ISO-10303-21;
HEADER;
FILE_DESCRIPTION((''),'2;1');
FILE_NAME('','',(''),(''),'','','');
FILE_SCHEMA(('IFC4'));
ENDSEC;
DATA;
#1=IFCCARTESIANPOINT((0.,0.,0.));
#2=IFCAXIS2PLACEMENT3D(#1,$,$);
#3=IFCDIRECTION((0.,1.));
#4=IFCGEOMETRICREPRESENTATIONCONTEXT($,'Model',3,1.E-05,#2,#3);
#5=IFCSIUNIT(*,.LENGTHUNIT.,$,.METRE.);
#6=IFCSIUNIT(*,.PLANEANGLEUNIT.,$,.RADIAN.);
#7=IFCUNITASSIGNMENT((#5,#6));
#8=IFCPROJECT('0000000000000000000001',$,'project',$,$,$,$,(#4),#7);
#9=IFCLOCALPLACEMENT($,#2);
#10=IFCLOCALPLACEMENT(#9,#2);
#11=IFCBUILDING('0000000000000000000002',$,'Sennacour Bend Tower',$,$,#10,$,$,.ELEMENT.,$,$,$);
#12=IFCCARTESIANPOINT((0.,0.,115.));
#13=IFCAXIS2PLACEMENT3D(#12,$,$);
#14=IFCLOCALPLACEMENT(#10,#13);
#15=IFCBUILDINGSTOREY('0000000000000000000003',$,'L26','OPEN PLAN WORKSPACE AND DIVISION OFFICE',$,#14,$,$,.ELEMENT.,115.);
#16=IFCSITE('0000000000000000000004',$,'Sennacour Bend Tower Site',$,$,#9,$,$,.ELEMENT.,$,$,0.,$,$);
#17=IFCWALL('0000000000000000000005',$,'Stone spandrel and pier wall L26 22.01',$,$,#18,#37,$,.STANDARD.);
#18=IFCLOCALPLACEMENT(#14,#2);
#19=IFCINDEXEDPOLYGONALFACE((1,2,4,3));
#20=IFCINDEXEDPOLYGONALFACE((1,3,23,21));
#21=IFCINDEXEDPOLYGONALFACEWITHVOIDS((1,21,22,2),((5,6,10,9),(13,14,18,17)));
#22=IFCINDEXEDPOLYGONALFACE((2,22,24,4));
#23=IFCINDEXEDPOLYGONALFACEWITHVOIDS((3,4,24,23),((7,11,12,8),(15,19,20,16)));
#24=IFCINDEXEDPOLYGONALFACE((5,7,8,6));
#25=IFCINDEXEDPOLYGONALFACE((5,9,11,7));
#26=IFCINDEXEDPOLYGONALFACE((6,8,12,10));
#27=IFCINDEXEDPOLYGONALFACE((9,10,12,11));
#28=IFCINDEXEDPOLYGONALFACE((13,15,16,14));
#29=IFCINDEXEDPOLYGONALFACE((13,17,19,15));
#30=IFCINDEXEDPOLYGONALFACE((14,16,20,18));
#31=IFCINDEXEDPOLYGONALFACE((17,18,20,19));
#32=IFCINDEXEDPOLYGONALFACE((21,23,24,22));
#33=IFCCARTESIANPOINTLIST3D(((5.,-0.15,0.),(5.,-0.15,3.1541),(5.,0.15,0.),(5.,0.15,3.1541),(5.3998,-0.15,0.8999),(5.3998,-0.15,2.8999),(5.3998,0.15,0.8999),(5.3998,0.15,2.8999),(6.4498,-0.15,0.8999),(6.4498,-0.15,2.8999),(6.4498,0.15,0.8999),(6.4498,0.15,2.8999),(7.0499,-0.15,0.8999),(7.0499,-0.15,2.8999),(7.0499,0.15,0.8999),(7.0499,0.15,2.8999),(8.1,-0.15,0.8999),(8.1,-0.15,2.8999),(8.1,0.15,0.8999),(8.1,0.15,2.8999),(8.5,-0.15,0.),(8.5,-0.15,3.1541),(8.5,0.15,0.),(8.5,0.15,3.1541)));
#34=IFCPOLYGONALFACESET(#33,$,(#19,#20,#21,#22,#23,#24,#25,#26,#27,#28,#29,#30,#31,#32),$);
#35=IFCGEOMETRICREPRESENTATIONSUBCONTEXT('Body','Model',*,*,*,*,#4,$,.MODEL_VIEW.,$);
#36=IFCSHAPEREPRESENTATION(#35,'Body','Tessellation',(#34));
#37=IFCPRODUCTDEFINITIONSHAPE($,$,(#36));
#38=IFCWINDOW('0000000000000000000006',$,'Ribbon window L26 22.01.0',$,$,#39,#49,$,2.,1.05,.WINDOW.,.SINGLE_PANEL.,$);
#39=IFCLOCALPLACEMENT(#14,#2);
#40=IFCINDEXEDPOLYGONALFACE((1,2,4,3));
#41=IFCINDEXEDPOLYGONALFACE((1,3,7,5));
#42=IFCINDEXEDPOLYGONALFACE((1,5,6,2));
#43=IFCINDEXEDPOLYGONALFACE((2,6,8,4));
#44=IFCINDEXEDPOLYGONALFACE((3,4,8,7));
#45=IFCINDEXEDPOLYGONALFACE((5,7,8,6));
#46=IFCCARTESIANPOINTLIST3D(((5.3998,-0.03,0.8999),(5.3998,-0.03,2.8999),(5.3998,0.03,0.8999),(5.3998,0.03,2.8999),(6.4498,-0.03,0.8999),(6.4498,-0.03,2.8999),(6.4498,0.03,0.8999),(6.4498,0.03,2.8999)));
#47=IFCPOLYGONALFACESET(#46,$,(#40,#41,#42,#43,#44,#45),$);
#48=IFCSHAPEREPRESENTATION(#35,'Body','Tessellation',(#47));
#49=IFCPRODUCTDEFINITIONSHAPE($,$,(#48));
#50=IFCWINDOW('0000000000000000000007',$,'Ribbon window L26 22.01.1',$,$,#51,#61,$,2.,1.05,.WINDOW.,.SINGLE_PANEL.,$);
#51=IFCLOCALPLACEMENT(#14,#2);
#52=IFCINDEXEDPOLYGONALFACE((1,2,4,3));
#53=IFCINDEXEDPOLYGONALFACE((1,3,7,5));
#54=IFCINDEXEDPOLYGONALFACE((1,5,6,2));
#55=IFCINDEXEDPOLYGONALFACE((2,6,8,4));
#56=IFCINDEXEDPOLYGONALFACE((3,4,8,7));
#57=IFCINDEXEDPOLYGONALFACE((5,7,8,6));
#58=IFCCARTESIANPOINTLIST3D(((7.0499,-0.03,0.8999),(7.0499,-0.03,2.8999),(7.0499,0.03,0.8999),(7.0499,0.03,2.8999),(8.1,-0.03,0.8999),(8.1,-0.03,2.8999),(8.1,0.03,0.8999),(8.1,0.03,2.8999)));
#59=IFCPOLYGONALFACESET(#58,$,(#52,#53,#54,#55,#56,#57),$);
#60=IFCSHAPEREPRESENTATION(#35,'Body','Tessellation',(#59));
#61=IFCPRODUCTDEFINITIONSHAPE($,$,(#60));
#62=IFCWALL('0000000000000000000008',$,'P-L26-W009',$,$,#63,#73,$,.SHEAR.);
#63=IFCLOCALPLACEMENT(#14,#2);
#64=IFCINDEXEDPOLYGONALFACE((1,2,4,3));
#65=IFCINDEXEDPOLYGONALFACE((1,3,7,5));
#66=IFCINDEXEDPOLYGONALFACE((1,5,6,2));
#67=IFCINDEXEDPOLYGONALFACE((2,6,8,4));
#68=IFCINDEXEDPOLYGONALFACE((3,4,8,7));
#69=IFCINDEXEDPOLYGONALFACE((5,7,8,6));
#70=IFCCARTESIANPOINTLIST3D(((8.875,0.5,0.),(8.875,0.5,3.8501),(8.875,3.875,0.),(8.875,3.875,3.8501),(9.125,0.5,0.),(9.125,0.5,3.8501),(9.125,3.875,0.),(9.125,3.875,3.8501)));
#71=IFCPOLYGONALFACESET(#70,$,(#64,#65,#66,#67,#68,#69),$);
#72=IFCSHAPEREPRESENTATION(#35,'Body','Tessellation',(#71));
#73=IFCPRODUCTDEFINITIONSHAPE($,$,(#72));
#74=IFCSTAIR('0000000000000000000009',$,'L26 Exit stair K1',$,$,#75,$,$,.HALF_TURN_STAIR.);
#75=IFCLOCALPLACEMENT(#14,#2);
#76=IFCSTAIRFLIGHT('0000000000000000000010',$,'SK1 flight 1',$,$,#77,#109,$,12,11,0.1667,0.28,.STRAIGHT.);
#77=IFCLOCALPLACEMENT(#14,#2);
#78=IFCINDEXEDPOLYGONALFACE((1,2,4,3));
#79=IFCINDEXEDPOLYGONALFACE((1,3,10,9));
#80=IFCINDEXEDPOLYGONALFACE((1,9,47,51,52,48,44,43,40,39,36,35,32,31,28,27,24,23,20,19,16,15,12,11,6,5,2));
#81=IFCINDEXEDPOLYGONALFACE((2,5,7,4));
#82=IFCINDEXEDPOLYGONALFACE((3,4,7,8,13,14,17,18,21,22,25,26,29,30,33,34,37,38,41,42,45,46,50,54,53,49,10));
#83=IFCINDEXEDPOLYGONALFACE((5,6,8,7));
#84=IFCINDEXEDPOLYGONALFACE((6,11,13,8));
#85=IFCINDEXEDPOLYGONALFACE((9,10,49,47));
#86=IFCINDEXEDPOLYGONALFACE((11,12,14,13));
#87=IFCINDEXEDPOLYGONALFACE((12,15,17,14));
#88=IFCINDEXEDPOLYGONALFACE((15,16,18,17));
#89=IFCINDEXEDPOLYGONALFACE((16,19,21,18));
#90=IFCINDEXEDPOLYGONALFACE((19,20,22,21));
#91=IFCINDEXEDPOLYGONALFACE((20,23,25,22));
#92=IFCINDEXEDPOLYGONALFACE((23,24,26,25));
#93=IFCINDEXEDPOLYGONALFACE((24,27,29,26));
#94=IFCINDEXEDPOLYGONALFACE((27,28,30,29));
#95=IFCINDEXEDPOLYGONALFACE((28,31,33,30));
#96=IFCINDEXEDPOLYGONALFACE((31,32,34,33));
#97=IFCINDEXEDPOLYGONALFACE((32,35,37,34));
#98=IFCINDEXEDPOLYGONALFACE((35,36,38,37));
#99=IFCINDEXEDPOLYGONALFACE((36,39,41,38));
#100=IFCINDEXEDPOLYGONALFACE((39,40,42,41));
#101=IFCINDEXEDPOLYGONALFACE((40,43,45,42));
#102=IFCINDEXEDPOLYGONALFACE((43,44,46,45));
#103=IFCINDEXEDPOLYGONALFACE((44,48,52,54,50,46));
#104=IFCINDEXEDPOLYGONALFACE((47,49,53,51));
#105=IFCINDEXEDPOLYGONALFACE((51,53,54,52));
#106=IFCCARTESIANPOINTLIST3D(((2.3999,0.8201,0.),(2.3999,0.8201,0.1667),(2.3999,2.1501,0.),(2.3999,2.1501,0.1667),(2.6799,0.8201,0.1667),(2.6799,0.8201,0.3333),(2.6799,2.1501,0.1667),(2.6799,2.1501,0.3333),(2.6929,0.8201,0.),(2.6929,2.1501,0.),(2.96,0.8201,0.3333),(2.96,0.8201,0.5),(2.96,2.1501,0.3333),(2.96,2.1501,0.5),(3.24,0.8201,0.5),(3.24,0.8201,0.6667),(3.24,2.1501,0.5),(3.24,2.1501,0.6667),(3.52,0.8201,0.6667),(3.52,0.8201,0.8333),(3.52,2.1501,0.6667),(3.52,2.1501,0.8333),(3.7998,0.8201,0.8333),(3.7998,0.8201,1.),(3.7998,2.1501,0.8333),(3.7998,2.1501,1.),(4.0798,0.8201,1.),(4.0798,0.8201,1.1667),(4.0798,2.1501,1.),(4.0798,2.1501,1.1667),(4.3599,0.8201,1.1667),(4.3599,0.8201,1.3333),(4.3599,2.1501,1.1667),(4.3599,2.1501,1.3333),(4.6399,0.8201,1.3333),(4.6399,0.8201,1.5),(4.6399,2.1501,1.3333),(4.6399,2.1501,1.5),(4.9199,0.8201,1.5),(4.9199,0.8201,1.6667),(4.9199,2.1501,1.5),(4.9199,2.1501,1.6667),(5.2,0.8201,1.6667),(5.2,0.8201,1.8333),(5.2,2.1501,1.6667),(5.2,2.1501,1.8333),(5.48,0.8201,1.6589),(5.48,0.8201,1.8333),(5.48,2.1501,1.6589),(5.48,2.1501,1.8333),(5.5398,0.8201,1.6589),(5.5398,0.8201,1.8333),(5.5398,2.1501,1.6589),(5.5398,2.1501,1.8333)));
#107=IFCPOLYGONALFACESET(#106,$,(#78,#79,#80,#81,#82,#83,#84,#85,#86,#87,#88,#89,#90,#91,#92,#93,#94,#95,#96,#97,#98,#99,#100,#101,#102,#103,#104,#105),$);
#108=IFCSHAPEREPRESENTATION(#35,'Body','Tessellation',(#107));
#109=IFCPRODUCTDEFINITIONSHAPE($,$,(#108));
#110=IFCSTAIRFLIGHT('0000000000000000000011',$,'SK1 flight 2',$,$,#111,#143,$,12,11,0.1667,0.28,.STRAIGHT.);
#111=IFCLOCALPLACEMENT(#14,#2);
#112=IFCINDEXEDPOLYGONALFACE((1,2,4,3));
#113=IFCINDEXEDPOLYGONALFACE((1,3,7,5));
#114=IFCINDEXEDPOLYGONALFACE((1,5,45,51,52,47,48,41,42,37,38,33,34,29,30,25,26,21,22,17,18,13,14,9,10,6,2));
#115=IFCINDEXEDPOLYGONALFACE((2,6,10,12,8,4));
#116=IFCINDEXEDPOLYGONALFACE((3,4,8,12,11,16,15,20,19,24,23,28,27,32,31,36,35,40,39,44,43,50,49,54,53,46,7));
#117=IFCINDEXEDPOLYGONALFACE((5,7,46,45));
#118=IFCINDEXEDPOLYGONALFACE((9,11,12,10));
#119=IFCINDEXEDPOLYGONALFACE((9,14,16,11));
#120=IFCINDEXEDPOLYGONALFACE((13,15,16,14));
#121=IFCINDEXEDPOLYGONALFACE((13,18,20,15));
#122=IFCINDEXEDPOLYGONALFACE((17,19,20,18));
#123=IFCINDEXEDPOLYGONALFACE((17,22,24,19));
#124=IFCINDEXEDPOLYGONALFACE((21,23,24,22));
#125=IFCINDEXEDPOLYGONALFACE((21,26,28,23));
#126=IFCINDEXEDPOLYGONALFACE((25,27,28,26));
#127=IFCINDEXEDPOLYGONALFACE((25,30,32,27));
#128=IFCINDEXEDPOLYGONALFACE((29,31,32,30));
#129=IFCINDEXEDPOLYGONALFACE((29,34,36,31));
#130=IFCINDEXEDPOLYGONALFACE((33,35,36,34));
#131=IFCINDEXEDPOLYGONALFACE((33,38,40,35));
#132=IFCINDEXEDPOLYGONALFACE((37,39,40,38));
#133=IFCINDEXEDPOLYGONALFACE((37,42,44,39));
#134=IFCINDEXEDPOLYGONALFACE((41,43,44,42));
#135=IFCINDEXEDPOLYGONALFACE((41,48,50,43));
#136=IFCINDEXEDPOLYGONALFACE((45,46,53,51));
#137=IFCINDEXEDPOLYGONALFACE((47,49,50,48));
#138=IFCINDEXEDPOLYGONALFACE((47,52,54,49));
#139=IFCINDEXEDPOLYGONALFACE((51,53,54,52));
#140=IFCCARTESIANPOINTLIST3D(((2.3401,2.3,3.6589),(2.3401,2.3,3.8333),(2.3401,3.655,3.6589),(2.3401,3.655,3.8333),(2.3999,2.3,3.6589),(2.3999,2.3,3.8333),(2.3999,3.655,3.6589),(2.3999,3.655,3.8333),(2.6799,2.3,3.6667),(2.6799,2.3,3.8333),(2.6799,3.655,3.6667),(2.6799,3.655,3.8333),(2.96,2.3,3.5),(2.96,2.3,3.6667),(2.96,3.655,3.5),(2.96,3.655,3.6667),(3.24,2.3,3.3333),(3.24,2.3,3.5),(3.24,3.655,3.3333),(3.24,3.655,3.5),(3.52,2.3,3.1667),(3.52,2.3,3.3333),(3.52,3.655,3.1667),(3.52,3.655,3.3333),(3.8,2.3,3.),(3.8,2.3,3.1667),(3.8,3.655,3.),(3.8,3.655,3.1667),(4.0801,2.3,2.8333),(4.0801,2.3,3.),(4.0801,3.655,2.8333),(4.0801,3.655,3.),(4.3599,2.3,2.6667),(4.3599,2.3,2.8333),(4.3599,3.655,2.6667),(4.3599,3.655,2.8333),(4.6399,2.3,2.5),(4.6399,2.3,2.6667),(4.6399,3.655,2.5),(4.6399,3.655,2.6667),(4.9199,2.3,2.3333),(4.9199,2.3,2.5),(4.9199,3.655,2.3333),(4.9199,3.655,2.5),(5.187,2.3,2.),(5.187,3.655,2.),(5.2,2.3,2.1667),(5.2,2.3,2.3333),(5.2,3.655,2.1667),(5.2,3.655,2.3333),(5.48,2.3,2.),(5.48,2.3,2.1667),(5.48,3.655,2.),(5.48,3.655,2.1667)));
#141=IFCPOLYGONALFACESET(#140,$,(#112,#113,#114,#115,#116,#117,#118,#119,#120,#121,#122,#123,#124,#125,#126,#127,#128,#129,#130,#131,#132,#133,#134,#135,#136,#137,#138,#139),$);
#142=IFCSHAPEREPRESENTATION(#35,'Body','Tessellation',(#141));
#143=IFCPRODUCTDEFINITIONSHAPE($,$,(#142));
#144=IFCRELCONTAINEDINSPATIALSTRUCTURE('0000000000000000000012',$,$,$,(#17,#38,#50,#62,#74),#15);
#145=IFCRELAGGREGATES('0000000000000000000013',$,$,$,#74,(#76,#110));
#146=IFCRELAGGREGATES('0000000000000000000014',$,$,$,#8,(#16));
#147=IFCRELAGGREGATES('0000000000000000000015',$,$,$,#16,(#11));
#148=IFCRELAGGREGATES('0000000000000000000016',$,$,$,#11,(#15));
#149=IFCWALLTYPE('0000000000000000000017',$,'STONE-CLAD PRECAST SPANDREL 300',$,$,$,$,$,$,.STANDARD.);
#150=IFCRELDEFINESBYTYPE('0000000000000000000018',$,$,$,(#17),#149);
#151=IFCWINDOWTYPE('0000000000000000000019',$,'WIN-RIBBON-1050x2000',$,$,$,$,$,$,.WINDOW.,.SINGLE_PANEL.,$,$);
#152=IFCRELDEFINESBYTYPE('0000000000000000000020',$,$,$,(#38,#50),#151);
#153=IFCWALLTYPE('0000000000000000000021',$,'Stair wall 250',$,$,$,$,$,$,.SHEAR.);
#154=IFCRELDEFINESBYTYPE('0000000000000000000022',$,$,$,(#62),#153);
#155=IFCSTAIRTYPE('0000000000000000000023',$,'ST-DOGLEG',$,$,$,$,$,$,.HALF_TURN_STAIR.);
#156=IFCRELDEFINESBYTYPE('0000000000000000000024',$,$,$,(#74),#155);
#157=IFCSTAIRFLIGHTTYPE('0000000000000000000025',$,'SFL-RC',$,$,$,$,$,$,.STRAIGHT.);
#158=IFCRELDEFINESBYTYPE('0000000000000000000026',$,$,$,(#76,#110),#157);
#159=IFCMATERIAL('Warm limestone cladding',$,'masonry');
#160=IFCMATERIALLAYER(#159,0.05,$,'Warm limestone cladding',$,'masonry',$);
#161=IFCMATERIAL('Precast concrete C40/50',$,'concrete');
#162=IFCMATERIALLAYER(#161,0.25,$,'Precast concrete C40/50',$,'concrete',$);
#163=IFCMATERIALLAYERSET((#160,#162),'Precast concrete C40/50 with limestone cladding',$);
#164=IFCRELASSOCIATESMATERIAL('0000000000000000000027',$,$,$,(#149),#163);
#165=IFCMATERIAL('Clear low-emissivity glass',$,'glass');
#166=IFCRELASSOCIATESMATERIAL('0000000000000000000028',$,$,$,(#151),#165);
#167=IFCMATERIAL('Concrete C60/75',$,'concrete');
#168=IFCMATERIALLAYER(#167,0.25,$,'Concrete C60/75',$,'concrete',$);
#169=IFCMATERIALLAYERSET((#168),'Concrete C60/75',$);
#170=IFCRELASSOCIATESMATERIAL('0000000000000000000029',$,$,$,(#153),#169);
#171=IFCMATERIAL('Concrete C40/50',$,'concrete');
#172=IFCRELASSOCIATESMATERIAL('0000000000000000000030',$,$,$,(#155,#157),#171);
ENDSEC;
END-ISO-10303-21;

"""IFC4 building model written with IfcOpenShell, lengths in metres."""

from ifc_helpers import new_model, si_unit, direction, frame, frame_2d, origin, place, context, subcontext, project, spatial, polyline, rectangle, outline, extrude, material, layer, layer_set, type_object, element, fill, aggregate, save


model = new_model("IFC4")

# Units and contexts
model_context = context("Model", 3, precision=1e-05, world=origin(), true_north=direction((0.0, 1.0)))
body_context = subcontext(model_context, "Body", "Model", "MODEL_VIEW")
ifc_project = project(units=[si_unit("LENGTHUNIT", "METRE"), si_unit("PLANEANGLEUNIT", "RADIAN")], contexts=[model_context])

# Site, building, storey
site_placement = place(None, origin())
site = spatial("IfcSite", under=ifc_project, at=site_placement, Name="Sennacour Bend Tower Site", CompositionType="ELEMENT", RefElevation=0.0)
building_placement = place(site_placement, origin())
building = spatial("IfcBuilding", under=site, at=building_placement, Name="Sennacour Bend Tower", CompositionType="ELEMENT")
storey_placement = place(building_placement, frame((0.0, 0.0, 115.0)))
storey = spatial("IfcBuildingStorey", under=building, at=storey_placement, Name="L26", Description="OPEN PLAN WORKSPACE AND DIVISION OFFICE", CompositionType="ELEMENT", Elevation=115.0)

# Wall, openings, windows
ifc_material_1 = material(Name="Warm limestone cladding", Category="masonry")
ifc_layer_1 = layer(ifc_material_1, 0.05, Name="Warm limestone cladding", Category="masonry")
ifc_material_2 = material(Name="Precast concrete C40/50", Category="concrete")
ifc_layer_2 = layer(ifc_material_2, 0.25, Name="Precast concrete C40/50", Category="concrete")
ifc_layer_set_1 = layer_set([ifc_layer_1, ifc_layer_2], Name="Precast concrete C40/50 with limestone cladding")
wall_type_1 = type_object("IfcWallType", Name="STONE-CLAD PRECAST SPANDREL 300", PredefinedType="STANDARD", material=ifc_layer_set_1)
wall_1_placement = place(storey_placement, frame((5.0, 0.0, 0.0), z_axis=(0.0, 0.0, 1.0), x_axis=(1.0, 0.0, 0.0)))
wall_1 = element("IfcWall", 1, at=wall_1_placement, inside=storey, type_object=wall_type_1, Name="Stone spandrel and pier wall L26 22.01", PredefinedType="STANDARD", context=body_context, shape_type="SweptSolid", body=[
    extrude(rectangle(XDim=3.5, YDim=0.3, at=frame_2d((1.75, 0.0))), origin(), (0.0, 0.0, 1.0), 3.1541),
])
opening_1_placement = place(wall_1_placement, frame((0.3999, 0.0, 0.8999)))
opening_1 = element("IfcOpeningElement", 2, at=opening_1_placement, cuts=wall_1, PredefinedType="OPENING", context=body_context, shape_type="SweptSolid", body=[
    extrude(rectangle(XDim=1.05, YDim=2.0, at=frame_2d((0.5249, 1.0))), frame((0.0, 0.1602, 0.0), z_axis=(0.0, -1.0, 0.0), x_axis=(1.0, 0.0, 0.0)), (0.0, 0.0, 1.0), 0.3201),
])
opening_2_placement = place(wall_1_placement, frame((2.05, 0.0, 0.8999)))
opening_2 = element("IfcOpeningElement", 3, at=opening_2_placement, cuts=wall_1, PredefinedType="OPENING", context=body_context, shape_type="SweptSolid", body=[
    extrude(rectangle(XDim=1.05, YDim=2.0, at=frame_2d((0.5249, 1.0))), frame((0.0, 0.1602, 0.0), z_axis=(0.0, -1.0, 0.0), x_axis=(1.0, 0.0, 0.0)), (0.0, 0.0, 1.0), 0.3201),
])
ifc_material_3 = material(Name="Clear low-emissivity glass", Category="glass")
window_type = type_object("IfcWindowType", Name="WIN-RIBBON-1050x2000", PartitioningType="SINGLE_PANEL", PredefinedType="WINDOW", material=ifc_material_3)
window_1_placement = place(opening_1_placement, origin())
window_1 = element("IfcWindow", 4, at=window_1_placement, inside=storey, type_object=window_type, Name="Ribbon window L26 22.01.0", OverallHeight=2.0, OverallWidth=1.05, PartitioningType="SINGLE_PANEL", PredefinedType="WINDOW", context=body_context, shape_type="SweptSolid", body=[
    extrude(rectangle(XDim=1.05, YDim=2.0, at=frame_2d((0.5249, 1.0))), frame((0.0, 0.03, 0.0), z_axis=(0.0, -1.0, 0.0), x_axis=(1.0, 0.0, 0.0)), (0.0, 0.0, 1.0), 0.0601),
])
fill(opening_1, window_1)
window_2_placement = place(opening_2_placement, origin())
window_2 = element("IfcWindow", 5, at=window_2_placement, inside=storey, type_object=window_type, Name="Ribbon window L26 22.01.1", OverallHeight=2.0, OverallWidth=1.05, PartitioningType="SINGLE_PANEL", PredefinedType="WINDOW", context=body_context, shape_type="SweptSolid", body=[
    extrude(rectangle(XDim=1.05, YDim=2.0, at=frame_2d((0.5249, 1.0))), frame((0.0, 0.03, 0.0), z_axis=(0.0, -1.0, 0.0), x_axis=(1.0, 0.0, 0.0)), (0.0, 0.0, 1.0), 0.0601),
])
fill(opening_2, window_2)

# Wall
ifc_material_4 = material(Name="Concrete C60/75", Category="concrete")
ifc_layer_3 = layer(ifc_material_4, 0.25, Name="Concrete C60/75", Category="concrete")
ifc_layer_set_2 = layer_set([ifc_layer_3], Name="Concrete C60/75")
wall_type_2 = type_object("IfcWallType", Name="Stair wall 250", PredefinedType="SHEAR", material=ifc_layer_set_2)
wall_2_placement = place(storey_placement, frame((9.0, 0.5, 0.0), z_axis=(0.0, 0.0, 1.0), x_axis=(0.0, 1.0, 0.0)))
element("IfcWall", 6, at=wall_2_placement, inside=storey, type_object=wall_type_2, Name="P-L26-W009", PredefinedType="SHEAR", context=body_context, shape_type="SweptSolid", body=[
    extrude(rectangle(XDim=3.375, YDim=0.25, at=frame_2d((1.6875, 0.0))), origin(), (0.0, 0.0, 1.0), 3.8501),
])

# Stair, stair flights
ifc_material_5 = material(Name="Concrete C40/50", Category="concrete")
stair_type = type_object("IfcStairType", Name="ST-DOGLEG", PredefinedType="HALF_TURN_STAIR", material=ifc_material_5)
stair_placement = place(storey_placement, origin())
stair = element("IfcStair", 7, at=stair_placement, inside=storey, type_object=stair_type, Name="L26 Exit stair K1", PredefinedType="HALF_TURN_STAIR")
stair_flight_type = type_object("IfcStairFlightType", Name="SFL-RC", PredefinedType="STRAIGHT", material=ifc_material_5)
stair_flight_1_placement = place(storey_placement, frame((2.3999, 1.4851, 0.0), z_axis=(0.0, 0.0, 1.0), x_axis=(1.0, 0.0, 0.0)))
stair_flight_1 = element("IfcStairFlight", 8, at=stair_flight_1_placement, type_object=stair_flight_type, Name="SK1 flight 1", NumberOfRisers=12, NumberOfTreads=11, PredefinedType="STRAIGHT", RiserHeight=0.1667, TreadLength=0.28, context=body_context, shape_type="SweptSolid", body=[
    extrude(outline(polyline([(0.0, 0.0), (0.0, 0.1667), (0.28, 0.1667), (0.28, 0.3333), (0.5601, 0.3333), (0.5601, 0.5), (0.8401, 0.5), (0.8401, 0.6667), (1.1201, 0.6667), (1.1201, 0.8333), (1.3999, 0.8333), (1.3999, 1.0), (1.6799, 1.0), (1.6799, 1.1667), (1.96, 1.1667), (1.96, 1.3333), (2.24, 1.3333), (2.24, 1.5), (2.52, 1.5), (2.52, 1.6667), (2.8, 1.6667), (2.8, 1.8333), (3.0801, 1.8333), (3.1399, 1.8333), (3.1399, 1.6589), (3.0801, 1.6589), (0.293, 0.0), (0.0, 0.0)])), frame((0.0, 0.665, 0.0), z_axis=(0.0, -1.0, 0.0), x_axis=(1.0, 0.0, 0.0)), (0.0, 0.0, 1.0), 1.3301),
])
stair_flight_2_placement = place(storey_placement, frame((5.48, 2.9775, 2.0), z_axis=(0.0, 0.0, 1.0), x_axis=(-1.0, 0.0, 0.0)))
stair_flight_2 = element("IfcStairFlight", 9, at=stair_flight_2_placement, type_object=stair_flight_type, Name="SK1 flight 2", NumberOfRisers=12, NumberOfTreads=11, PredefinedType="STRAIGHT", RiserHeight=0.1667, TreadLength=0.28, context=body_context, shape_type="SweptSolid", body=[
    extrude(outline(polyline([(0.0, 0.0), (0.0, 0.1667), (0.28, 0.1667), (0.28, 0.3333), (0.5601, 0.3333), (0.5601, 0.5), (0.8401, 0.5), (0.8401, 0.6667), (1.1201, 0.6667), (1.1201, 0.8333), (1.3999, 0.8333), (1.3999, 1.0), (1.6799, 1.0), (1.6799, 1.1667), (1.96, 1.1667), (1.96, 1.3333), (2.24, 1.3333), (2.24, 1.5), (2.52, 1.5), (2.52, 1.6667), (2.8, 1.6667), (2.8, 1.8333), (3.0801, 1.8333), (3.1399, 1.8333), (3.1399, 1.6589), (3.0801, 1.6589), (0.293, 0.0), (0.0, 0.0)])), frame((0.0, 0.6775, 0.0), z_axis=(0.0, -1.0, 0.0), x_axis=(1.0, 0.0, 0.0)), (0.0, 0.0, 1.0), 1.355),
])
aggregate(stair, [stair_flight_1, stair_flight_2])

save(model, "model.ifc")
